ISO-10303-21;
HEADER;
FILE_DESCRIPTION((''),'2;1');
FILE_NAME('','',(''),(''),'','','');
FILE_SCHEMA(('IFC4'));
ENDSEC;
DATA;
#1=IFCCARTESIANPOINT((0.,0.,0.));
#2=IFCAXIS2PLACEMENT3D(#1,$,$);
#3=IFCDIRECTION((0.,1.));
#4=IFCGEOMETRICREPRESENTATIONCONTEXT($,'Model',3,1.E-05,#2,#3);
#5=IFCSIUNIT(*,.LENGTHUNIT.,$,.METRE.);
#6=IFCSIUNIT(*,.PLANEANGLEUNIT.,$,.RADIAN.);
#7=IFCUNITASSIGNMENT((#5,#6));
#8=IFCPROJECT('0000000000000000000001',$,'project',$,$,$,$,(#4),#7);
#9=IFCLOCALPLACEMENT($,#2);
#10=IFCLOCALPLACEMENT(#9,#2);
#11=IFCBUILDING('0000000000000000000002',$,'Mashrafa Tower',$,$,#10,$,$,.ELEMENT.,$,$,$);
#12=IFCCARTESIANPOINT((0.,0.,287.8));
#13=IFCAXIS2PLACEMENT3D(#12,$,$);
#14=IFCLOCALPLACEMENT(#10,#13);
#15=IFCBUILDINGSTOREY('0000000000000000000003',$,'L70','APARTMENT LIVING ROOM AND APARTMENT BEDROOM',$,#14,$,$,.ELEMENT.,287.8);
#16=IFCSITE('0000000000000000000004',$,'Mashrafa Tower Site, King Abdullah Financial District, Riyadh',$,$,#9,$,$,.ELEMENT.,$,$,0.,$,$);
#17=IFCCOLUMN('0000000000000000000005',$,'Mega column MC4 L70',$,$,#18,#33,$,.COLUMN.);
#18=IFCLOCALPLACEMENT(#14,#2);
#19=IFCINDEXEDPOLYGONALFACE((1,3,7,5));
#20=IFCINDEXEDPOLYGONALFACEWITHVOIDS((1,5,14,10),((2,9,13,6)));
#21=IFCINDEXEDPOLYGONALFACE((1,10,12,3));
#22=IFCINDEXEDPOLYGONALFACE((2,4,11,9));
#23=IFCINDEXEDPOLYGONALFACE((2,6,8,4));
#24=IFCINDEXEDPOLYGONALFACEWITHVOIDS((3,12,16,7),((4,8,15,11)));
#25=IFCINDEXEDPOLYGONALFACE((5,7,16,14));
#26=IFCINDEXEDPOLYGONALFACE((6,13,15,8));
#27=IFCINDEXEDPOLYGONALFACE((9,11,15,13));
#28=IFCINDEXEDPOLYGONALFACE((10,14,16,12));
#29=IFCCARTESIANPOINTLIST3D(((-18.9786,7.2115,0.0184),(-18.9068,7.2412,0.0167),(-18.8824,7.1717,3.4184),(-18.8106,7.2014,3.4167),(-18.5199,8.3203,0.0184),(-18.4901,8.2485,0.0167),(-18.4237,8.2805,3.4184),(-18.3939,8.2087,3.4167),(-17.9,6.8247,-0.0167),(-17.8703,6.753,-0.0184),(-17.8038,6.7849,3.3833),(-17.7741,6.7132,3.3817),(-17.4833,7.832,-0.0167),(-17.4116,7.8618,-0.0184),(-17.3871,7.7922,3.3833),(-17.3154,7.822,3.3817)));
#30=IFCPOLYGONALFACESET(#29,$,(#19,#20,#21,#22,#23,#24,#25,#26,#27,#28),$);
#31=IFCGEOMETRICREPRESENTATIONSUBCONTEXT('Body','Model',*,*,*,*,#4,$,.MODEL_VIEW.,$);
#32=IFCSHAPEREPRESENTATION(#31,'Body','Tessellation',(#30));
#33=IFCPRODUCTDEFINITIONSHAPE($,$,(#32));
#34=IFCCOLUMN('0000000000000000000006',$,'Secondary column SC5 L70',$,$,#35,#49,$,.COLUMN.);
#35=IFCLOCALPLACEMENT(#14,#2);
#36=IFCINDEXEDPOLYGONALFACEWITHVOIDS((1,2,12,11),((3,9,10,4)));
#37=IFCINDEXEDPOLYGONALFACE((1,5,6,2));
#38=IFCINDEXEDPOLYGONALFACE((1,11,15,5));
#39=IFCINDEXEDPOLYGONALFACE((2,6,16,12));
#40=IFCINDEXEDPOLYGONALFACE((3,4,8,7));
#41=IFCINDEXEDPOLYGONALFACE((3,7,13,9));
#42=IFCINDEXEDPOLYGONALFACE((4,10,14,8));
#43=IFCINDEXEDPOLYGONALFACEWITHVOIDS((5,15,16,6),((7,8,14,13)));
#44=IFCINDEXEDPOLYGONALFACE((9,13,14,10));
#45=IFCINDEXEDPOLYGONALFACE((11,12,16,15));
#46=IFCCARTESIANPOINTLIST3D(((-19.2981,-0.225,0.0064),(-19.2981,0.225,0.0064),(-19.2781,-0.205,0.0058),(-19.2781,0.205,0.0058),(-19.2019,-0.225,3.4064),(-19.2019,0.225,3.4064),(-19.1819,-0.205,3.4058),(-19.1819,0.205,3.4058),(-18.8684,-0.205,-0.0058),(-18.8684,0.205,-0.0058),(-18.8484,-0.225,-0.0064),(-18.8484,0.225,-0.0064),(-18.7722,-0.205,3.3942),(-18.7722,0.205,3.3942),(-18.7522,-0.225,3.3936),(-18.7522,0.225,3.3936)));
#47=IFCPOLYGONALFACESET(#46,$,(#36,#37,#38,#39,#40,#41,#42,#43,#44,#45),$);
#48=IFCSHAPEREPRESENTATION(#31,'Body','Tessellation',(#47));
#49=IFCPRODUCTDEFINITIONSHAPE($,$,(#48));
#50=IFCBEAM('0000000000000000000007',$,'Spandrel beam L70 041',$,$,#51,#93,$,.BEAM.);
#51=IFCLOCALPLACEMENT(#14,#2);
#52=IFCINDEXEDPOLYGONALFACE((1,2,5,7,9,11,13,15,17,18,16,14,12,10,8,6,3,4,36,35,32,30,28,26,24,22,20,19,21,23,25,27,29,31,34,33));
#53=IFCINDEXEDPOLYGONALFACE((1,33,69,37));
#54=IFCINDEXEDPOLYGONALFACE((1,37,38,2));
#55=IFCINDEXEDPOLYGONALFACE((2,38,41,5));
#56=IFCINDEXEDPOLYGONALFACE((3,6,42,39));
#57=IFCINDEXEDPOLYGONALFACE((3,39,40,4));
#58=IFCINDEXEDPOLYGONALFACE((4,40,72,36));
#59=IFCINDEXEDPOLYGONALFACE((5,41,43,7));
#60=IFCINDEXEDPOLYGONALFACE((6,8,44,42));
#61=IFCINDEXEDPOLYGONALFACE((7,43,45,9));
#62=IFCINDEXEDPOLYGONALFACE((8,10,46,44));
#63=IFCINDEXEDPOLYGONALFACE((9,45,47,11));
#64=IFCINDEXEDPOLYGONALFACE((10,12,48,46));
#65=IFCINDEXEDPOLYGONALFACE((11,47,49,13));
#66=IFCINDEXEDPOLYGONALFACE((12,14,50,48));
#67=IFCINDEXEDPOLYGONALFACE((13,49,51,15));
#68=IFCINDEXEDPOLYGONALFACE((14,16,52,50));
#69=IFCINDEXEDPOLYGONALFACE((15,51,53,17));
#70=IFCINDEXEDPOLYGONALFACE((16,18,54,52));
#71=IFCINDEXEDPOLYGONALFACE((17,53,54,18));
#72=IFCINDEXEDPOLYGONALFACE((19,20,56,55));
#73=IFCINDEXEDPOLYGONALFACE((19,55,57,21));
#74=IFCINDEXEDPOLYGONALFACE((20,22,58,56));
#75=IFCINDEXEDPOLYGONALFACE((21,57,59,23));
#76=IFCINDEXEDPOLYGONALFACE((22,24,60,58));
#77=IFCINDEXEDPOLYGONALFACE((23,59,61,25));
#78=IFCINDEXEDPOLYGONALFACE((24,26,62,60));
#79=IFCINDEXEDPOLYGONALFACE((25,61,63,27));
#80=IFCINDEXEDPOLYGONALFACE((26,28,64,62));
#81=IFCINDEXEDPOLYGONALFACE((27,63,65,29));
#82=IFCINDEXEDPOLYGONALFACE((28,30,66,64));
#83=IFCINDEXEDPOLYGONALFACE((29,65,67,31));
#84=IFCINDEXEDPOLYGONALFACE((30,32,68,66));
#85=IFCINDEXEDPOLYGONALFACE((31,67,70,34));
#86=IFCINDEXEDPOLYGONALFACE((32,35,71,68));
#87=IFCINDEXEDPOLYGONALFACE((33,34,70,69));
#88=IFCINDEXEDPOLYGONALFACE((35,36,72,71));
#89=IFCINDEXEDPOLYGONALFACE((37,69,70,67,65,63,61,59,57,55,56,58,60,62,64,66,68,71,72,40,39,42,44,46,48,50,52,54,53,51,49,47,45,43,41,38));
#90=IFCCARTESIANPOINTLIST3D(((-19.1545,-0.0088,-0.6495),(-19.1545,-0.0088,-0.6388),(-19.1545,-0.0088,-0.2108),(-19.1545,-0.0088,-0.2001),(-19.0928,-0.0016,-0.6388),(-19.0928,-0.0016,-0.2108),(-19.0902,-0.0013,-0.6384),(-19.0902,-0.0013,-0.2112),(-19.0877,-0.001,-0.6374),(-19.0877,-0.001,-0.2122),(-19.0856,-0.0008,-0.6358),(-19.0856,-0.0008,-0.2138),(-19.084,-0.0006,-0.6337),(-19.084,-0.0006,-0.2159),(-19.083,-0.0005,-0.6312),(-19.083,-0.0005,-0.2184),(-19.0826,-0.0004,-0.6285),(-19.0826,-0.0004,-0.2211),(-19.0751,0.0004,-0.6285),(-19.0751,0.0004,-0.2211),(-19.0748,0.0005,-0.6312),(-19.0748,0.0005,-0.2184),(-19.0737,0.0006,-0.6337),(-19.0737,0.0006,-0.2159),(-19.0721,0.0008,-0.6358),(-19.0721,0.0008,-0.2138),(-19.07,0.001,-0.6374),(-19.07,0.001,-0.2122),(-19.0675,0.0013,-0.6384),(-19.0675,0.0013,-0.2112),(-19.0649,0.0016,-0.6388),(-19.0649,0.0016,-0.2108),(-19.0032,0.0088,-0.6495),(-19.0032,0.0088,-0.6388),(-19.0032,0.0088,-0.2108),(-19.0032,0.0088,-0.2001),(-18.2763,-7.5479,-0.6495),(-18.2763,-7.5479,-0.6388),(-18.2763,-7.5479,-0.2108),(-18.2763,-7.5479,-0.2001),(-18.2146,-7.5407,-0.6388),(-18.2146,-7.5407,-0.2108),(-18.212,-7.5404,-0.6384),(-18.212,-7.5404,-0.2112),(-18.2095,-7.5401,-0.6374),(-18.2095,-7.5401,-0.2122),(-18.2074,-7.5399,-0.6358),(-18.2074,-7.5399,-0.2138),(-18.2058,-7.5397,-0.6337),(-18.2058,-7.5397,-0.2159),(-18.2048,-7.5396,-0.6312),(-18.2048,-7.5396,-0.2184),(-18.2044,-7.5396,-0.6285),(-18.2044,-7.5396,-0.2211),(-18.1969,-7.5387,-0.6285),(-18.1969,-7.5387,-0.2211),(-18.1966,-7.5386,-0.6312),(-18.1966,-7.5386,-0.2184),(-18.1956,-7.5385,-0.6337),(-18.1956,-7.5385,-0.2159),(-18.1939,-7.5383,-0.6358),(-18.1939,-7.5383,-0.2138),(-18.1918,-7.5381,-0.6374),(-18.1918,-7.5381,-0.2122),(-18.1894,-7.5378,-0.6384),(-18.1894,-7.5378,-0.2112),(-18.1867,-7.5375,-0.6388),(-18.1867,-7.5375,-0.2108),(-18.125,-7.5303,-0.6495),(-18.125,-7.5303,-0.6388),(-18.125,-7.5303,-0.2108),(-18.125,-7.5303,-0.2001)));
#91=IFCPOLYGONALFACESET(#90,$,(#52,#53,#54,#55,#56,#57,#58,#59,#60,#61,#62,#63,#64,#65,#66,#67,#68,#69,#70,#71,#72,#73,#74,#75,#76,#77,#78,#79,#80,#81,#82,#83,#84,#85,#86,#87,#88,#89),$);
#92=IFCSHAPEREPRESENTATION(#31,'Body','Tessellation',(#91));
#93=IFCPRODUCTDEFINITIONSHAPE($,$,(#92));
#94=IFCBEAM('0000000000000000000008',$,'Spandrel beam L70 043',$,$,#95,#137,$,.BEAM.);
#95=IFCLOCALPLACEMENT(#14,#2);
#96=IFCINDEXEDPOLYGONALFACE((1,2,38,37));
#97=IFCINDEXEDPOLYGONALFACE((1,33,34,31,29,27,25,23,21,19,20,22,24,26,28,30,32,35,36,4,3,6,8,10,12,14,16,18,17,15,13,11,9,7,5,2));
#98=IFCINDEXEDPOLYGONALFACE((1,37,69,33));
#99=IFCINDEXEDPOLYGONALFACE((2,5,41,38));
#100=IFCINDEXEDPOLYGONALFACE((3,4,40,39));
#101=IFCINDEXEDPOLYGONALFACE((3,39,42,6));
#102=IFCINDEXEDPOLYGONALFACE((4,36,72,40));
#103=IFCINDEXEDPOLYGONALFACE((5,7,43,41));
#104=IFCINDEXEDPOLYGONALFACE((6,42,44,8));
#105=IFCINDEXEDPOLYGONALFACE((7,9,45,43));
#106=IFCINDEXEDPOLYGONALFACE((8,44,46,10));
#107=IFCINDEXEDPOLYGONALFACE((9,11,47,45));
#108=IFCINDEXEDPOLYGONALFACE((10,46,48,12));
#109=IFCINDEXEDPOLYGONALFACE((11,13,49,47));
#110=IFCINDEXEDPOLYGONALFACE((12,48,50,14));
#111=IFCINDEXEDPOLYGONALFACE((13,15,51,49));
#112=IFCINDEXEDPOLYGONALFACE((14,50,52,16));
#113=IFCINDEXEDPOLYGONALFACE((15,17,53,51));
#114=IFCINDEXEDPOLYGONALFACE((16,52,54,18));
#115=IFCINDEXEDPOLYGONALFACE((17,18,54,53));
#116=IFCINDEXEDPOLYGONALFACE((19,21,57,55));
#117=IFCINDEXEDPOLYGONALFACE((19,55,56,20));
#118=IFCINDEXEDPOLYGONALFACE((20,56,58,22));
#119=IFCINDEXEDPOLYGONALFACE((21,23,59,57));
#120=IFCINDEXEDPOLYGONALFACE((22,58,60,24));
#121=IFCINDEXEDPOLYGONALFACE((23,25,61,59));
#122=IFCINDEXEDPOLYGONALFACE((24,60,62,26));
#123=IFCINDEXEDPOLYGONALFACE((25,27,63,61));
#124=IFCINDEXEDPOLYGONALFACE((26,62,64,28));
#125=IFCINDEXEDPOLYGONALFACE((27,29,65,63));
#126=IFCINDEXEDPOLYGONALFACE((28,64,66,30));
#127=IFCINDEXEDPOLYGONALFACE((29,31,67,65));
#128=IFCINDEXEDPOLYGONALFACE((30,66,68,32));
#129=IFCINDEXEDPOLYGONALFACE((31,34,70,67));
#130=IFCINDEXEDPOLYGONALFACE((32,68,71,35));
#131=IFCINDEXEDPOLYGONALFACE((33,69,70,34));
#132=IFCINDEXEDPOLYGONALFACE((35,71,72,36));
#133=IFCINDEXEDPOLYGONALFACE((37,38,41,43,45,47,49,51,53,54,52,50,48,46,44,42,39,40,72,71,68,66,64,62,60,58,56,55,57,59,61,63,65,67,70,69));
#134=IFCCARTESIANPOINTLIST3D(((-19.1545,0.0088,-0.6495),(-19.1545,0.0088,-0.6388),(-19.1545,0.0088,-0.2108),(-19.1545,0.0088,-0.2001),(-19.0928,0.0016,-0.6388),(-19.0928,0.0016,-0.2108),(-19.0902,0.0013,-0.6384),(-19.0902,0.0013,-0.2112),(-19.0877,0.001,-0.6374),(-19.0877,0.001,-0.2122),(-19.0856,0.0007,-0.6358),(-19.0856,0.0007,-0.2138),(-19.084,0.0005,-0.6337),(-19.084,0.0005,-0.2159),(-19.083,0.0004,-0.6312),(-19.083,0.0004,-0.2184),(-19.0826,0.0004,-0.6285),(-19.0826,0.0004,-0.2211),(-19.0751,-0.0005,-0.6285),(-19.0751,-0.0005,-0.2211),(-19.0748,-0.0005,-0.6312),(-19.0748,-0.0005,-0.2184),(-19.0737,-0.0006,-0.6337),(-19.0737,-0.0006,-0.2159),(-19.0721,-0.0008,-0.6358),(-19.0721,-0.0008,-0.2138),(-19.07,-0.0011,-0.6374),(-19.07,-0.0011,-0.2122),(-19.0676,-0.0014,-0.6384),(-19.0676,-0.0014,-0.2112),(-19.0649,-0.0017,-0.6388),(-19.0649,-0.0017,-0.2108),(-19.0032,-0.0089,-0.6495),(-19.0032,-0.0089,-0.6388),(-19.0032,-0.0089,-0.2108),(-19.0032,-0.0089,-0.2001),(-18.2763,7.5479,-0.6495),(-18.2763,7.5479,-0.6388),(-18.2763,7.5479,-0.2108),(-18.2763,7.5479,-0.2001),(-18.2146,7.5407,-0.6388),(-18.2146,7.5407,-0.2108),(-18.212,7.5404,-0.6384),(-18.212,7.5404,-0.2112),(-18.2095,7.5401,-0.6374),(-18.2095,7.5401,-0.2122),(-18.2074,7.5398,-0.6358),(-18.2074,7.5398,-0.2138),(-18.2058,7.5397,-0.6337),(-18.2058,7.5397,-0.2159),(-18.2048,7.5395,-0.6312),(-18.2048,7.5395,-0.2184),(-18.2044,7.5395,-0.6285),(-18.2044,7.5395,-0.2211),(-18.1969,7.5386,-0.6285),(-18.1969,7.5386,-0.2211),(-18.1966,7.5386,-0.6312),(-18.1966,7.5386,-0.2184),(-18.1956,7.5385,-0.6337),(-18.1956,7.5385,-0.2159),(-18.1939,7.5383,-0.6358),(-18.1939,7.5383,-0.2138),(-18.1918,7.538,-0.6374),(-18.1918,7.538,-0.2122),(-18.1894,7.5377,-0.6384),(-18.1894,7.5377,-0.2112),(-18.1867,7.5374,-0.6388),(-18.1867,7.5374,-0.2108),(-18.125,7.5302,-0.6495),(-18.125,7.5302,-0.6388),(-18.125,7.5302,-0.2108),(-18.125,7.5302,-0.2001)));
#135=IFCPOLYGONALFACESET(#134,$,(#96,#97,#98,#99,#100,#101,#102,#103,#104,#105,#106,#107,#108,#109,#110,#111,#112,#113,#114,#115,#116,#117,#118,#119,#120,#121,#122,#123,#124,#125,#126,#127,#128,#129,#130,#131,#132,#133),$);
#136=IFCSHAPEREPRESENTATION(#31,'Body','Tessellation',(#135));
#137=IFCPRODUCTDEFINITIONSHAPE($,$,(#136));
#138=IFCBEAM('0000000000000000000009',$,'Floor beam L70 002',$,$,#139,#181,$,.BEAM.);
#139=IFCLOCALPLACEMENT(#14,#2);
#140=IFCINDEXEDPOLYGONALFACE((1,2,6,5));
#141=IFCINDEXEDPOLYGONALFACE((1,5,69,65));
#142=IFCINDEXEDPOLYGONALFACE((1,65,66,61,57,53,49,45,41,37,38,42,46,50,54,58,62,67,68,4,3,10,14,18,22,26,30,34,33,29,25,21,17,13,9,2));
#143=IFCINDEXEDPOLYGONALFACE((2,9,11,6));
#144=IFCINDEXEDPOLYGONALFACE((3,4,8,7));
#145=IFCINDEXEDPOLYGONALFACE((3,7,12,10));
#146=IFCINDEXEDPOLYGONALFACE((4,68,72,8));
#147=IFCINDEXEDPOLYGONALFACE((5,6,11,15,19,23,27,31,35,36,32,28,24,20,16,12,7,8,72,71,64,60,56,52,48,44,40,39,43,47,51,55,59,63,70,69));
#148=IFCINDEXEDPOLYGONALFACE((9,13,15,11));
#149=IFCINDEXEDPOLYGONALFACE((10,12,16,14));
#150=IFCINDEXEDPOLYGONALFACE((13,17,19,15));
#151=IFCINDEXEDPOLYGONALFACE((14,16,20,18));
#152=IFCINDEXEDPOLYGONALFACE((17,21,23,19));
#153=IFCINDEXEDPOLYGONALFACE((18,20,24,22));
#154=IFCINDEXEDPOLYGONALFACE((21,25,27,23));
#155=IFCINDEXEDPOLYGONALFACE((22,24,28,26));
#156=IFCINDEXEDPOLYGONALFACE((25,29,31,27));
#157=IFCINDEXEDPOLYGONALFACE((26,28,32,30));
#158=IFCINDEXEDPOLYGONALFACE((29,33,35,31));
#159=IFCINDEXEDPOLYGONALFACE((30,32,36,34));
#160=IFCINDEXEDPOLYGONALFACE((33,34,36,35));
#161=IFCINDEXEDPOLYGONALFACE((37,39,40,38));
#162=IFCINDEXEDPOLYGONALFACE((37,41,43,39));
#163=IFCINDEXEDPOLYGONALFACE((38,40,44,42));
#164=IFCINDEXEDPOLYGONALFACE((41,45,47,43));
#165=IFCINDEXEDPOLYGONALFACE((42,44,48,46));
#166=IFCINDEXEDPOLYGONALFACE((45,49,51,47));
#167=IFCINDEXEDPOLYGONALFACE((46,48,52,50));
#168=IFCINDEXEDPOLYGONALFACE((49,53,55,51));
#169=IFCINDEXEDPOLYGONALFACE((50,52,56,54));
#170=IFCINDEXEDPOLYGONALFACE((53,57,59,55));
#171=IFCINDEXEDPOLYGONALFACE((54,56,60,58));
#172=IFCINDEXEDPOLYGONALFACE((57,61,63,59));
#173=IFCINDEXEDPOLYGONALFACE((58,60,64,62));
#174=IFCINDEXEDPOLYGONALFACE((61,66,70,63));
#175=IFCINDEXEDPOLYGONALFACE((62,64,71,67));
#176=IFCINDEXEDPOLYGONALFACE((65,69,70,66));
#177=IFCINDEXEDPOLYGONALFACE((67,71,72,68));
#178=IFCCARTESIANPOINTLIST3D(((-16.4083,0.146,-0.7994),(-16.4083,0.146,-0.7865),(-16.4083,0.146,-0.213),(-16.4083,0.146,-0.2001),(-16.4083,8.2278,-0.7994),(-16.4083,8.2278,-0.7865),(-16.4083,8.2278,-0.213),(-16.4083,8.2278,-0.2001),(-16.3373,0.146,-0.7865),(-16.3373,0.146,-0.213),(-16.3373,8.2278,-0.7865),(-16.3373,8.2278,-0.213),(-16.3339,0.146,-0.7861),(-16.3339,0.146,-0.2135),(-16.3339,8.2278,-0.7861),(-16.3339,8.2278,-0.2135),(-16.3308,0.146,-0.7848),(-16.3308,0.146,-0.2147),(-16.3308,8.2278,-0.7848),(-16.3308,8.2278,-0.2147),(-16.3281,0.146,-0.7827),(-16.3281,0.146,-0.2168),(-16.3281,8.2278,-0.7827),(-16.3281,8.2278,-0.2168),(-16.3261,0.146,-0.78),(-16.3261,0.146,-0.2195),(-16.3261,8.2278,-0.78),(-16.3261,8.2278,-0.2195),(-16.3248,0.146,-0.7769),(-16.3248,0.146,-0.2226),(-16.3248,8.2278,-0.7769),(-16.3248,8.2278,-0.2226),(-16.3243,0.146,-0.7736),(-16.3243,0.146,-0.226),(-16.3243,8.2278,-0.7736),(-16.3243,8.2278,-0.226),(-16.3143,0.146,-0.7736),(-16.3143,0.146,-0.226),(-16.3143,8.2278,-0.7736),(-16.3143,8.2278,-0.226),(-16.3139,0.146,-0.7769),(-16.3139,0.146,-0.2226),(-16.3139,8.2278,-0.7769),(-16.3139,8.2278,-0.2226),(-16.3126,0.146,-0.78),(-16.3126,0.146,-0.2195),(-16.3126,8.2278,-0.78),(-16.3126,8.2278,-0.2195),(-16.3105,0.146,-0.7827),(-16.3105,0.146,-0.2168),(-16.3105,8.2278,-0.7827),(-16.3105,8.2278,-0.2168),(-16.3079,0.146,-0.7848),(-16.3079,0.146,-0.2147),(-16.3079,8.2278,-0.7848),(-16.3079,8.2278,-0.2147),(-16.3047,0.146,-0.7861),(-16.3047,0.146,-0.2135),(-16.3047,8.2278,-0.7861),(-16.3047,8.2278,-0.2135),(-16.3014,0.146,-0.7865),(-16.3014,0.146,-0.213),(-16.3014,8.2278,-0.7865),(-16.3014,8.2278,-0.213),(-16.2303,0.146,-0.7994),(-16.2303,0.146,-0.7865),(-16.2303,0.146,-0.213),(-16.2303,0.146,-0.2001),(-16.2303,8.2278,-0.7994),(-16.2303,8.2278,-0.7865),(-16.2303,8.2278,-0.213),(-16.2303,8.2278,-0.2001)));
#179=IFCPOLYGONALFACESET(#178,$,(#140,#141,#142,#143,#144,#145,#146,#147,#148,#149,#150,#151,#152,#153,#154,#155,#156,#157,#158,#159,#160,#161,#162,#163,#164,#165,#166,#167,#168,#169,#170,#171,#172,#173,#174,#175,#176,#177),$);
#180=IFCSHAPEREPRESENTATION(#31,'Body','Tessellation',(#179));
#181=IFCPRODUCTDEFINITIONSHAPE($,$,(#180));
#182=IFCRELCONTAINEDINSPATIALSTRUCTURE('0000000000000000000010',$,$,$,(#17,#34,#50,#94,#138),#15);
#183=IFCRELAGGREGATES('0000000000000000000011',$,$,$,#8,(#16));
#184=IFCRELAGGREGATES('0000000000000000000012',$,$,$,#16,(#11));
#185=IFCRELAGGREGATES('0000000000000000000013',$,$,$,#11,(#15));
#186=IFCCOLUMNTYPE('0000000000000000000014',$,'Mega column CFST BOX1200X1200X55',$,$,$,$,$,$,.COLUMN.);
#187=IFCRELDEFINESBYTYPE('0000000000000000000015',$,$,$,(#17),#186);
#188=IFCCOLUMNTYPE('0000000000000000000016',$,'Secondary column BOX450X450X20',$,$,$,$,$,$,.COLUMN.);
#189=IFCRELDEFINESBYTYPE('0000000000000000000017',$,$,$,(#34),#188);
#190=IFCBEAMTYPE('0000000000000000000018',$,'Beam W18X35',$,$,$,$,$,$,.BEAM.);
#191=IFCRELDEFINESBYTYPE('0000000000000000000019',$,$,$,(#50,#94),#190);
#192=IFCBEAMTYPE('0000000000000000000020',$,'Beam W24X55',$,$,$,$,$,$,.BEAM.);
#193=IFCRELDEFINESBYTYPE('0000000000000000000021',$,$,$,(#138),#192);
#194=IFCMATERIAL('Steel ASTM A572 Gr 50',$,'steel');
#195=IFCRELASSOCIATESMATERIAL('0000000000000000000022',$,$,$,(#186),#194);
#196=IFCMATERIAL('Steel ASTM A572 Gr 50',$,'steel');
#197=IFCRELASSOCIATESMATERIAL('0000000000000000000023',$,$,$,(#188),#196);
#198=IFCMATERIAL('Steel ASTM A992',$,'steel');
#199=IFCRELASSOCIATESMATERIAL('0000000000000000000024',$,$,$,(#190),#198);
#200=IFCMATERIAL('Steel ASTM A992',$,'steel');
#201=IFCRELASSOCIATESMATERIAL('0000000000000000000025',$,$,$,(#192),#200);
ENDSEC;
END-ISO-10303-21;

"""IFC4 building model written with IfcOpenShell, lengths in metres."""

from ifc_helpers import new_model, si_unit, direction, frame, origin, origin_2d, place, context, subcontext, project, spatial, hollow_rectangle, i_section, extrude, material, material_profile, profile_set, type_object, element, save


model = new_model("IFC4")

# Units and contexts
model_context = context("Model", 3, precision=1e-05, world=origin(), true_north=direction((0.0, 1.0)))
body_context = subcontext(model_context, "Body", "Model", "MODEL_VIEW")
ifc_project = project(units=[si_unit("LENGTHUNIT", "METRE"), si_unit("PLANEANGLEUNIT", "RADIAN")], contexts=[model_context])

# Site, building, storey
site_placement = place(None, origin())
site = spatial("IfcSite", under=ifc_project, at=site_placement, Name="Mashrafa Tower Site, King Abdullah Financial District, Riyadh", CompositionType="ELEMENT", RefElevation=0.0)
building_placement = place(site_placement, origin())
building = spatial("IfcBuilding", under=site, at=building_placement, Name="Mashrafa Tower", CompositionType="ELEMENT")
storey_placement = place(building_placement, frame((0.0, 0.0, 287.8)))
storey = spatial("IfcBuildingStorey", under=building, at=storey_placement, Name="L70", Description="APARTMENT LIVING ROOM AND APARTMENT BEDROOM", CompositionType="ELEMENT", Elevation=287.8)

# Columns
ifc_material_1 = material(Name="Steel ASTM A572 Gr 50", Category="steel")
ifc_material_profile_1 = material_profile(ifc_material_1, hollow_rectangle(XDim=1.2, YDim=1.2, WallThickness=0.0549, at=origin_2d()), Name="BOX1200X1200X55")
ifc_profile_set_1 = profile_set([ifc_material_profile_1], Name="Steel ASTM A572 Gr 50")
column_type_1 = type_object("IfcColumnType", Name="Mega column CFST BOX1200X1200X55", PredefinedType="COLUMN", material=ifc_profile_set_1)
column_1_placement = place(storey_placement, frame((-18.1951, 7.5366, 0.0), z_axis=(0.028279, -0.011699, 0.999532), x_axis=(0.382283, 0.924045, 0.0)))
element("IfcColumn", 1, at=column_1_placement, inside=storey, type_object=column_type_1, Name="Mega column MC4 L70", PredefinedType="COLUMN", context=body_context, shape_type="SweptSolid", body=[
    extrude(hollow_rectangle(XDim=1.2, YDim=1.2, WallThickness=0.0549, at=origin_2d()), origin(), (0.0, 0.0, 1.0), 3.4016),
])
ifc_material_2 = material(Name="Steel ASTM A572 Gr 50", Category="steel")
ifc_material_profile_2 = material_profile(ifc_material_2, hollow_rectangle(XDim=0.45, YDim=0.45, WallThickness=0.02, at=origin_2d()), Name="BOX450X450X20")
ifc_profile_set_2 = profile_set([ifc_material_profile_2], Name="Steel ASTM A572 Gr 50")
column_type_2 = type_object("IfcColumnType", Name="Secondary column BOX450X450X20", PredefinedType="COLUMN", material=ifc_profile_set_2)
column_2_placement = place(storey_placement, frame((-19.0732, 0.0, 0.0), z_axis=(0.028281, 0.0, 0.9996), x_axis=(0.0, 1.0, 0.0)))
element("IfcColumn", 2, at=column_2_placement, inside=storey, type_object=column_type_2, Name="Secondary column SC5 L70", PredefinedType="COLUMN", context=body_context, shape_type="SweptSolid", body=[
    extrude(hollow_rectangle(XDim=0.45, YDim=0.45, WallThickness=0.02, at=origin_2d()), origin(), (0.0, 0.0, 1.0), 3.4014),
])

# Beams
ifc_material_3 = material(Name="Steel ASTM A992", Category="steel")
ifc_material_profile_3 = material_profile(ifc_material_3, i_section(OverallWidth=0.1523, OverallDepth=0.4495, WebThickness=0.0076, FlangeThickness=0.0107, FilletRadius=0.0103, at=origin_2d()), Name="W18X35")
ifc_profile_set_3 = profile_set([ifc_material_profile_3], Name="Steel ASTM A992")
beam_type_1 = type_object("IfcBeamType", Name="Beam W18X35", PredefinedType="BEAM", material=ifc_profile_set_3)
for number, where, z_axis, x_axis, name in (
    (3, (-19.0789, 0.0, -0.4248), (0.115701, -0.993284, 0.0), (0.993284, 0.115701, 0.0), "Spandrel beam L70 041"),
    (4, (-18.2007, 7.5391, -0.4248), (-0.115701, -0.993284, 0.0), (0.993284, -0.115701, 0.0), "Spandrel beam L70 043"),
):
    element("IfcBeam", number, at=place(storey_placement, frame(where, z_axis=z_axis, x_axis=x_axis)), inside=storey, type_object=beam_type_1, Name=name, PredefinedType="BEAM", context=body_context, shape_type="SweptSolid", body=[
        extrude(i_section(OverallWidth=0.1523, OverallDepth=0.4495, WebThickness=0.0076, FlangeThickness=0.0107, FilletRadius=0.0103, at=origin_2d()), origin(), (0.0, 0.0, 1.0), 7.5901),
    ])
ifc_material_4 = material(Name="Steel ASTM A992", Category="steel")
ifc_material_profile_4 = material_profile(ifc_material_4, i_section(OverallWidth=0.178, OverallDepth=0.5994, WebThickness=0.01, FlangeThickness=0.0129, FilletRadius=0.0129, at=origin_2d()), Name="W24X55")
ifc_profile_set_4 = profile_set([ifc_material_profile_4], Name="Steel ASTM A992")
beam_type_2 = type_object("IfcBeamType", Name="Beam W24X55", PredefinedType="BEAM", material=ifc_profile_set_4)
beam_placement = place(storey_placement, frame((-16.3193, 0.146, -0.4998), z_axis=(0.0, 1.0, 0.0), x_axis=(-1.0, 0.0, 0.0)))
element("IfcBeam", 5, at=beam_placement, inside=storey, type_object=beam_type_2, Name="Floor beam L70 002", PredefinedType="BEAM", context=body_context, shape_type="SweptSolid", body=[
    extrude(i_section(OverallWidth=0.178, OverallDepth=0.5994, WebThickness=0.01, FlangeThickness=0.0129, FilletRadius=0.0129, at=origin_2d()), origin(), (0.0, 0.0, 1.0), 8.0818),
])

save(model, "model.ifc")
